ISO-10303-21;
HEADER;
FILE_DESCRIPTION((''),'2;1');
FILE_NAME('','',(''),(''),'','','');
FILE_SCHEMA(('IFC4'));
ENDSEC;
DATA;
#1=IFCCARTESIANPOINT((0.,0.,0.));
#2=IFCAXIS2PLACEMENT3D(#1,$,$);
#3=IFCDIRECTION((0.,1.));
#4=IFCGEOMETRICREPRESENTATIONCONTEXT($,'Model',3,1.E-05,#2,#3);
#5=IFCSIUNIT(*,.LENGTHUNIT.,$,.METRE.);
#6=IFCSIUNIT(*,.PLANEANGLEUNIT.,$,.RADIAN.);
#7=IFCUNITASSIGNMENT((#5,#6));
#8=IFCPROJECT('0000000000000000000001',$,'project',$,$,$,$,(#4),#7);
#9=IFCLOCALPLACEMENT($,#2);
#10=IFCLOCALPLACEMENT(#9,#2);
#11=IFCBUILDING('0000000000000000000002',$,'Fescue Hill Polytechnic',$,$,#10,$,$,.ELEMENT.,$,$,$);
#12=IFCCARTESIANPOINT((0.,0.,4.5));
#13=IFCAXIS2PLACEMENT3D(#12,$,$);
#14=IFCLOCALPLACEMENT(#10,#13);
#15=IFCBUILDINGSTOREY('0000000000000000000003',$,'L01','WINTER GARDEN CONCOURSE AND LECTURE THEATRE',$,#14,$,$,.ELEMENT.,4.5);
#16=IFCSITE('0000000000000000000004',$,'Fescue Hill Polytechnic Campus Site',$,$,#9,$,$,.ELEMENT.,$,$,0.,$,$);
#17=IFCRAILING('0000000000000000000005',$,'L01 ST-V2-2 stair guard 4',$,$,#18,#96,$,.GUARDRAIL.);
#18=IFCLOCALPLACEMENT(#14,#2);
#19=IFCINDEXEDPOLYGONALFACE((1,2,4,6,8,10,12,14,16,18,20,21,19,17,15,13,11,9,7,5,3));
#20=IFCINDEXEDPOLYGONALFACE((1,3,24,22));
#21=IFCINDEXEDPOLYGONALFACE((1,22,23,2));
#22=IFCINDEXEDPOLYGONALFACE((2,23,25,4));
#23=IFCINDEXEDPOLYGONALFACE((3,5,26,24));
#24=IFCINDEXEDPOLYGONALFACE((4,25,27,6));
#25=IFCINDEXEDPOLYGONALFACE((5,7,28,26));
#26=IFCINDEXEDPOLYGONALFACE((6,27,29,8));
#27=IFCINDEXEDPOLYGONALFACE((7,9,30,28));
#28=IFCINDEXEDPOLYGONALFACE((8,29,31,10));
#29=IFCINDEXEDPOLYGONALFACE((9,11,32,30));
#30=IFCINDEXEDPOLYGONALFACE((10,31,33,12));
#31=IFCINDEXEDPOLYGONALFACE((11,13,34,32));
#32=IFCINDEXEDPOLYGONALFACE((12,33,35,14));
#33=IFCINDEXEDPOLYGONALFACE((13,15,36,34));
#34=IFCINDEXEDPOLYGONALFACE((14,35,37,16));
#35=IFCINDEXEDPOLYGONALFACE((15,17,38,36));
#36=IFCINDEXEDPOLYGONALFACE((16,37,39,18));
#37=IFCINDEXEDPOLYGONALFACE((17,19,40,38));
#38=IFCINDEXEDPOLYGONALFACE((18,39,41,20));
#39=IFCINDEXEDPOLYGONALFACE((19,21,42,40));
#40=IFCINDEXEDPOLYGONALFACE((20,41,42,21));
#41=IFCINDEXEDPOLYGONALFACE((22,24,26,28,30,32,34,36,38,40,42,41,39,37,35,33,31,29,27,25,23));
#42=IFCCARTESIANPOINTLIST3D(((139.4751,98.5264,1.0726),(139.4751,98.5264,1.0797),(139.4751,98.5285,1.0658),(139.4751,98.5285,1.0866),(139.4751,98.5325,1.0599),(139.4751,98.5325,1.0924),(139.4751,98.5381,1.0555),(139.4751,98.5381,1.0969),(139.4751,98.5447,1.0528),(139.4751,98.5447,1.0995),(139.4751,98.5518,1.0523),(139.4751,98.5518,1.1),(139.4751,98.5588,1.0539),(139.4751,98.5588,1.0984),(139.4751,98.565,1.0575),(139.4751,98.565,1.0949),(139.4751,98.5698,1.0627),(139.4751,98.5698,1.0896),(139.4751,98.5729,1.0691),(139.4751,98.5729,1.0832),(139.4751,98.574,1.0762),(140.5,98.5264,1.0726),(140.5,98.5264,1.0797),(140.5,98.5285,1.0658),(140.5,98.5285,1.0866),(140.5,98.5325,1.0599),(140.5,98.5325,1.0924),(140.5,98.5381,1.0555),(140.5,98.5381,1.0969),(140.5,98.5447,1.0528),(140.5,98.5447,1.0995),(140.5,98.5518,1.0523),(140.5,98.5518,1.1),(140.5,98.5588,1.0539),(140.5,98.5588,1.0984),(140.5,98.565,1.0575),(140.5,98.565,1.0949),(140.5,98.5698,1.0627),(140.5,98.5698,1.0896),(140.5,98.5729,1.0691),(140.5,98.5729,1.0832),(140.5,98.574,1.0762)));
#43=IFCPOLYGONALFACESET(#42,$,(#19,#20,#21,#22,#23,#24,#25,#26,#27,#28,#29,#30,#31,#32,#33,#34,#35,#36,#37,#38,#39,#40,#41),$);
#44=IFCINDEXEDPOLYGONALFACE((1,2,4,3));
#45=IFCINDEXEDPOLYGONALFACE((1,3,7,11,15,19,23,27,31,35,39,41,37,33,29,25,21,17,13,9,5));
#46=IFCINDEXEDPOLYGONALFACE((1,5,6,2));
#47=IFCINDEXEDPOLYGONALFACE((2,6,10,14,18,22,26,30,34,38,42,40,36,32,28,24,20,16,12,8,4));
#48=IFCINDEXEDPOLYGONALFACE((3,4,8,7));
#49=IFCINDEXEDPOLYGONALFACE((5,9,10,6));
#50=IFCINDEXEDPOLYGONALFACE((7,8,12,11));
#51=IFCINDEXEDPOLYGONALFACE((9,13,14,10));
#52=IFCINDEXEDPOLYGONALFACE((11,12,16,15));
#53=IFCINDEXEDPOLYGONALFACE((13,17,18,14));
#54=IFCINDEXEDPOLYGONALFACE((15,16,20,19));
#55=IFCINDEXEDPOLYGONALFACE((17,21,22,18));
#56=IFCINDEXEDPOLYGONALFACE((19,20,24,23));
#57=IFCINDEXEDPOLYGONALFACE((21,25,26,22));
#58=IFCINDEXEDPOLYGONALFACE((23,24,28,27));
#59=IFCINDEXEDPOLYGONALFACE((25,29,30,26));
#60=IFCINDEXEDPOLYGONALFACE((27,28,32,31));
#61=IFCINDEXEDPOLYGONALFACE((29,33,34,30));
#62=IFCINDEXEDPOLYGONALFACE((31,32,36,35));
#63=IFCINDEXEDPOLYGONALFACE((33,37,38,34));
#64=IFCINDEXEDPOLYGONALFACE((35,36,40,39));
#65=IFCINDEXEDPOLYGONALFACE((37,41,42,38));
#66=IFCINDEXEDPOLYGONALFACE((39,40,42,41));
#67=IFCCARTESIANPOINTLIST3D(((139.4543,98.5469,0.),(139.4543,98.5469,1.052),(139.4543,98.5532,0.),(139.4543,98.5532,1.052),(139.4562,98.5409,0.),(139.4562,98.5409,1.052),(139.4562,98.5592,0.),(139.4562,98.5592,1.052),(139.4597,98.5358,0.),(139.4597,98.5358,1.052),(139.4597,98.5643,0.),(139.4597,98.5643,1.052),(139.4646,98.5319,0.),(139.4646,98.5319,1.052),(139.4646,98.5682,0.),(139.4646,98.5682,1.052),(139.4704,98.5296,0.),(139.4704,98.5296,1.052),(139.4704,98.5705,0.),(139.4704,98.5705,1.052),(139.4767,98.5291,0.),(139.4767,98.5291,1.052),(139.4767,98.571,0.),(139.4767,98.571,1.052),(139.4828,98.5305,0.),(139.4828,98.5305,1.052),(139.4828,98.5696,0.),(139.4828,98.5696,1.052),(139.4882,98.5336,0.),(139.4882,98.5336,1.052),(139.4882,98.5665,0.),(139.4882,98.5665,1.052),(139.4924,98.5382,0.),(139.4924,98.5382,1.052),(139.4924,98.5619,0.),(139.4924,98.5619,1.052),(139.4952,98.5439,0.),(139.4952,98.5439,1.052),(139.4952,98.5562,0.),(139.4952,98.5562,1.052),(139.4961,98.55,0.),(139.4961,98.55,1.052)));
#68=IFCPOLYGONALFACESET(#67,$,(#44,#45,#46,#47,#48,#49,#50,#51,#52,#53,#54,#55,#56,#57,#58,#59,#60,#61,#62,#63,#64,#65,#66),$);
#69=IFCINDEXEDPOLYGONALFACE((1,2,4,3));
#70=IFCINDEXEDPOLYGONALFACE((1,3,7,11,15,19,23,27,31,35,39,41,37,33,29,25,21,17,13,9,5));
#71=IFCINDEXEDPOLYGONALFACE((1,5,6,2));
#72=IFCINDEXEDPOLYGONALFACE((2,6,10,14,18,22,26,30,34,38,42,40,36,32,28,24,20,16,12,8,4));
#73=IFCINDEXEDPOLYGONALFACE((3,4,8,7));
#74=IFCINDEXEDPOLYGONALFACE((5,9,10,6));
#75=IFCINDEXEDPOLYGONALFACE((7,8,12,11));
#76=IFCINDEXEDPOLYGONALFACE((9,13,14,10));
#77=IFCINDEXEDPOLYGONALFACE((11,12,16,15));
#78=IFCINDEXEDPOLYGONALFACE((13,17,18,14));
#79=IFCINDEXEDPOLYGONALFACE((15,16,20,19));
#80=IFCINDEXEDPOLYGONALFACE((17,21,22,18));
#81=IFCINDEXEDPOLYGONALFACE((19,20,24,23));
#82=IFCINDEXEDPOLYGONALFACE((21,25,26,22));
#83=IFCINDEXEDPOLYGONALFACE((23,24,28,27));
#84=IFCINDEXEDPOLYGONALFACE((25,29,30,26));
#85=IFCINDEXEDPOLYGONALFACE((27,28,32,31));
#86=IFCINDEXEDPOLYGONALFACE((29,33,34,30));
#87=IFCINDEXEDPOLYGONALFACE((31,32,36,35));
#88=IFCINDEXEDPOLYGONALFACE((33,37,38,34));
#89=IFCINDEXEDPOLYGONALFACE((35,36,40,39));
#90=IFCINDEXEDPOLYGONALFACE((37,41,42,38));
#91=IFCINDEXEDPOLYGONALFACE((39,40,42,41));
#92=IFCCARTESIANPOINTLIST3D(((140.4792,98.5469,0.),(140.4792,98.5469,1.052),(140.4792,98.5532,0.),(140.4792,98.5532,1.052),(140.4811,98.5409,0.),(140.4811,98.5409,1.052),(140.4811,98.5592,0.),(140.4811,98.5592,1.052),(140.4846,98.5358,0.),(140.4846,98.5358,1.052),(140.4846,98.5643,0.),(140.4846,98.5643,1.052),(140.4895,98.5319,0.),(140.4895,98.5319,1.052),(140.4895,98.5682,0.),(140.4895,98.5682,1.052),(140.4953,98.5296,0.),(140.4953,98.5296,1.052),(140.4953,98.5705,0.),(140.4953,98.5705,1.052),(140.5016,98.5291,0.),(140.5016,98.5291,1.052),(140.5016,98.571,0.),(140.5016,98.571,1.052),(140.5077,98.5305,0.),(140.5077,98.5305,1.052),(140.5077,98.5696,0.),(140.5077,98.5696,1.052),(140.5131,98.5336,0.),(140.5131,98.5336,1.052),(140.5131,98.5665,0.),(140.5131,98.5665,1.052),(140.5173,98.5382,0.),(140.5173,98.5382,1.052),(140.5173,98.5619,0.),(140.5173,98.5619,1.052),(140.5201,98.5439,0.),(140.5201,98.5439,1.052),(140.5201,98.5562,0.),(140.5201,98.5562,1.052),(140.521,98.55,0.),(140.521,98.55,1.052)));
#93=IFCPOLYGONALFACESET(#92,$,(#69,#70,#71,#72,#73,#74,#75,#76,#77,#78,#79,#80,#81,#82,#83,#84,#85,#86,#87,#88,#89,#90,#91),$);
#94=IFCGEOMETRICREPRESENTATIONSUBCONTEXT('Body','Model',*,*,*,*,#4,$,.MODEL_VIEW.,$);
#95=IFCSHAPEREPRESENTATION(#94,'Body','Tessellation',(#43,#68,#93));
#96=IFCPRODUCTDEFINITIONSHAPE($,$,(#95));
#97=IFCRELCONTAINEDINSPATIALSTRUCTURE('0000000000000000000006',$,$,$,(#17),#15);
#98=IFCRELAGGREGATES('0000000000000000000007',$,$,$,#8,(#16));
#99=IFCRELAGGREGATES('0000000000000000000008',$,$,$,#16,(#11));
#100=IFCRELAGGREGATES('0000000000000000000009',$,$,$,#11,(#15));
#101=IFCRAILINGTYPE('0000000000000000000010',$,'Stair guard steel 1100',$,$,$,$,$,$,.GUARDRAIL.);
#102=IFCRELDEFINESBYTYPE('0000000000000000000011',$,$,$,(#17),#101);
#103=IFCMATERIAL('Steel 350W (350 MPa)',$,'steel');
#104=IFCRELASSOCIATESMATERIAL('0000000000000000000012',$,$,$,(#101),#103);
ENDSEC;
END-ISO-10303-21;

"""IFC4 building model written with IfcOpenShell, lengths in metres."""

from ifc_helpers import new_model, si_unit, direction, frame, origin, origin_2d, place, context, subcontext, project, spatial, circle, extrude, material, type_object, element, save


model = new_model("IFC4")

# Units and contexts
model_context = context("Model", 3, precision=1e-05, world=origin(), true_north=direction((0.0, 1.0)))
body_context = subcontext(model_context, "Body", "Model", "MODEL_VIEW")
ifc_project = project(units=[si_unit("LENGTHUNIT", "METRE"), si_unit("PLANEANGLEUNIT", "RADIAN")], contexts=[model_context])

# Site, building, storey
site_placement = place(None, origin())
site = spatial("IfcSite", under=ifc_project, at=site_placement, Name="Fescue Hill Polytechnic Campus Site", CompositionType="ELEMENT", RefElevation=0.0)
building_placement = place(site_placement, origin())
building = spatial("IfcBuilding", under=site, at=building_placement, Name="Fescue Hill Polytechnic", CompositionType="ELEMENT")
storey_placement = place(building_placement, frame((0.0, 0.0, 4.5)))
storey = spatial("IfcBuildingStorey", under=building, at=storey_placement, Name="L01", Description="WINTER GARDEN CONCOURSE AND LECTURE THEATRE", CompositionType="ELEMENT", Elevation=4.5)

# Railing
ifc_material_1 = material(Name="Steel 350W (350 MPa)", Category="steel")
railing_type_1 = type_object("IfcRailingType", Name="Stair guard steel 1100", PredefinedType="GUARDRAIL", material=ifc_material_1)
railing_1_placement = place(storey_placement, frame((139.4751, 98.55, 0.0)))
element("IfcRailing", 1, at=railing_1_placement, inside=storey, type_object=railing_type_1, Name="L01 ST-V2-2 stair guard 4", PredefinedType="GUARDRAIL", context=body_context, shape_type="SweptSolid", body=[
    extrude(circle(Radius=0.0239, at=origin_2d()), frame((0.0, 0.0, 1.0762), z_axis=(1.0, 0.0, 0.0), x_axis=(0.0, 1.0, 0.0)), (0.0, 0.0, 1.0), 1.0249),
    extrude(circle(Radius=0.021, at=origin_2d()), origin(), (0.0, 0.0, 1.0), 1.052),
    extrude(circle(Radius=0.021, at=origin_2d()), frame((1.0249, 0.0, 0.0)), (0.0, 0.0, 1.0), 1.052),
])

save(model, "model.ifc")
